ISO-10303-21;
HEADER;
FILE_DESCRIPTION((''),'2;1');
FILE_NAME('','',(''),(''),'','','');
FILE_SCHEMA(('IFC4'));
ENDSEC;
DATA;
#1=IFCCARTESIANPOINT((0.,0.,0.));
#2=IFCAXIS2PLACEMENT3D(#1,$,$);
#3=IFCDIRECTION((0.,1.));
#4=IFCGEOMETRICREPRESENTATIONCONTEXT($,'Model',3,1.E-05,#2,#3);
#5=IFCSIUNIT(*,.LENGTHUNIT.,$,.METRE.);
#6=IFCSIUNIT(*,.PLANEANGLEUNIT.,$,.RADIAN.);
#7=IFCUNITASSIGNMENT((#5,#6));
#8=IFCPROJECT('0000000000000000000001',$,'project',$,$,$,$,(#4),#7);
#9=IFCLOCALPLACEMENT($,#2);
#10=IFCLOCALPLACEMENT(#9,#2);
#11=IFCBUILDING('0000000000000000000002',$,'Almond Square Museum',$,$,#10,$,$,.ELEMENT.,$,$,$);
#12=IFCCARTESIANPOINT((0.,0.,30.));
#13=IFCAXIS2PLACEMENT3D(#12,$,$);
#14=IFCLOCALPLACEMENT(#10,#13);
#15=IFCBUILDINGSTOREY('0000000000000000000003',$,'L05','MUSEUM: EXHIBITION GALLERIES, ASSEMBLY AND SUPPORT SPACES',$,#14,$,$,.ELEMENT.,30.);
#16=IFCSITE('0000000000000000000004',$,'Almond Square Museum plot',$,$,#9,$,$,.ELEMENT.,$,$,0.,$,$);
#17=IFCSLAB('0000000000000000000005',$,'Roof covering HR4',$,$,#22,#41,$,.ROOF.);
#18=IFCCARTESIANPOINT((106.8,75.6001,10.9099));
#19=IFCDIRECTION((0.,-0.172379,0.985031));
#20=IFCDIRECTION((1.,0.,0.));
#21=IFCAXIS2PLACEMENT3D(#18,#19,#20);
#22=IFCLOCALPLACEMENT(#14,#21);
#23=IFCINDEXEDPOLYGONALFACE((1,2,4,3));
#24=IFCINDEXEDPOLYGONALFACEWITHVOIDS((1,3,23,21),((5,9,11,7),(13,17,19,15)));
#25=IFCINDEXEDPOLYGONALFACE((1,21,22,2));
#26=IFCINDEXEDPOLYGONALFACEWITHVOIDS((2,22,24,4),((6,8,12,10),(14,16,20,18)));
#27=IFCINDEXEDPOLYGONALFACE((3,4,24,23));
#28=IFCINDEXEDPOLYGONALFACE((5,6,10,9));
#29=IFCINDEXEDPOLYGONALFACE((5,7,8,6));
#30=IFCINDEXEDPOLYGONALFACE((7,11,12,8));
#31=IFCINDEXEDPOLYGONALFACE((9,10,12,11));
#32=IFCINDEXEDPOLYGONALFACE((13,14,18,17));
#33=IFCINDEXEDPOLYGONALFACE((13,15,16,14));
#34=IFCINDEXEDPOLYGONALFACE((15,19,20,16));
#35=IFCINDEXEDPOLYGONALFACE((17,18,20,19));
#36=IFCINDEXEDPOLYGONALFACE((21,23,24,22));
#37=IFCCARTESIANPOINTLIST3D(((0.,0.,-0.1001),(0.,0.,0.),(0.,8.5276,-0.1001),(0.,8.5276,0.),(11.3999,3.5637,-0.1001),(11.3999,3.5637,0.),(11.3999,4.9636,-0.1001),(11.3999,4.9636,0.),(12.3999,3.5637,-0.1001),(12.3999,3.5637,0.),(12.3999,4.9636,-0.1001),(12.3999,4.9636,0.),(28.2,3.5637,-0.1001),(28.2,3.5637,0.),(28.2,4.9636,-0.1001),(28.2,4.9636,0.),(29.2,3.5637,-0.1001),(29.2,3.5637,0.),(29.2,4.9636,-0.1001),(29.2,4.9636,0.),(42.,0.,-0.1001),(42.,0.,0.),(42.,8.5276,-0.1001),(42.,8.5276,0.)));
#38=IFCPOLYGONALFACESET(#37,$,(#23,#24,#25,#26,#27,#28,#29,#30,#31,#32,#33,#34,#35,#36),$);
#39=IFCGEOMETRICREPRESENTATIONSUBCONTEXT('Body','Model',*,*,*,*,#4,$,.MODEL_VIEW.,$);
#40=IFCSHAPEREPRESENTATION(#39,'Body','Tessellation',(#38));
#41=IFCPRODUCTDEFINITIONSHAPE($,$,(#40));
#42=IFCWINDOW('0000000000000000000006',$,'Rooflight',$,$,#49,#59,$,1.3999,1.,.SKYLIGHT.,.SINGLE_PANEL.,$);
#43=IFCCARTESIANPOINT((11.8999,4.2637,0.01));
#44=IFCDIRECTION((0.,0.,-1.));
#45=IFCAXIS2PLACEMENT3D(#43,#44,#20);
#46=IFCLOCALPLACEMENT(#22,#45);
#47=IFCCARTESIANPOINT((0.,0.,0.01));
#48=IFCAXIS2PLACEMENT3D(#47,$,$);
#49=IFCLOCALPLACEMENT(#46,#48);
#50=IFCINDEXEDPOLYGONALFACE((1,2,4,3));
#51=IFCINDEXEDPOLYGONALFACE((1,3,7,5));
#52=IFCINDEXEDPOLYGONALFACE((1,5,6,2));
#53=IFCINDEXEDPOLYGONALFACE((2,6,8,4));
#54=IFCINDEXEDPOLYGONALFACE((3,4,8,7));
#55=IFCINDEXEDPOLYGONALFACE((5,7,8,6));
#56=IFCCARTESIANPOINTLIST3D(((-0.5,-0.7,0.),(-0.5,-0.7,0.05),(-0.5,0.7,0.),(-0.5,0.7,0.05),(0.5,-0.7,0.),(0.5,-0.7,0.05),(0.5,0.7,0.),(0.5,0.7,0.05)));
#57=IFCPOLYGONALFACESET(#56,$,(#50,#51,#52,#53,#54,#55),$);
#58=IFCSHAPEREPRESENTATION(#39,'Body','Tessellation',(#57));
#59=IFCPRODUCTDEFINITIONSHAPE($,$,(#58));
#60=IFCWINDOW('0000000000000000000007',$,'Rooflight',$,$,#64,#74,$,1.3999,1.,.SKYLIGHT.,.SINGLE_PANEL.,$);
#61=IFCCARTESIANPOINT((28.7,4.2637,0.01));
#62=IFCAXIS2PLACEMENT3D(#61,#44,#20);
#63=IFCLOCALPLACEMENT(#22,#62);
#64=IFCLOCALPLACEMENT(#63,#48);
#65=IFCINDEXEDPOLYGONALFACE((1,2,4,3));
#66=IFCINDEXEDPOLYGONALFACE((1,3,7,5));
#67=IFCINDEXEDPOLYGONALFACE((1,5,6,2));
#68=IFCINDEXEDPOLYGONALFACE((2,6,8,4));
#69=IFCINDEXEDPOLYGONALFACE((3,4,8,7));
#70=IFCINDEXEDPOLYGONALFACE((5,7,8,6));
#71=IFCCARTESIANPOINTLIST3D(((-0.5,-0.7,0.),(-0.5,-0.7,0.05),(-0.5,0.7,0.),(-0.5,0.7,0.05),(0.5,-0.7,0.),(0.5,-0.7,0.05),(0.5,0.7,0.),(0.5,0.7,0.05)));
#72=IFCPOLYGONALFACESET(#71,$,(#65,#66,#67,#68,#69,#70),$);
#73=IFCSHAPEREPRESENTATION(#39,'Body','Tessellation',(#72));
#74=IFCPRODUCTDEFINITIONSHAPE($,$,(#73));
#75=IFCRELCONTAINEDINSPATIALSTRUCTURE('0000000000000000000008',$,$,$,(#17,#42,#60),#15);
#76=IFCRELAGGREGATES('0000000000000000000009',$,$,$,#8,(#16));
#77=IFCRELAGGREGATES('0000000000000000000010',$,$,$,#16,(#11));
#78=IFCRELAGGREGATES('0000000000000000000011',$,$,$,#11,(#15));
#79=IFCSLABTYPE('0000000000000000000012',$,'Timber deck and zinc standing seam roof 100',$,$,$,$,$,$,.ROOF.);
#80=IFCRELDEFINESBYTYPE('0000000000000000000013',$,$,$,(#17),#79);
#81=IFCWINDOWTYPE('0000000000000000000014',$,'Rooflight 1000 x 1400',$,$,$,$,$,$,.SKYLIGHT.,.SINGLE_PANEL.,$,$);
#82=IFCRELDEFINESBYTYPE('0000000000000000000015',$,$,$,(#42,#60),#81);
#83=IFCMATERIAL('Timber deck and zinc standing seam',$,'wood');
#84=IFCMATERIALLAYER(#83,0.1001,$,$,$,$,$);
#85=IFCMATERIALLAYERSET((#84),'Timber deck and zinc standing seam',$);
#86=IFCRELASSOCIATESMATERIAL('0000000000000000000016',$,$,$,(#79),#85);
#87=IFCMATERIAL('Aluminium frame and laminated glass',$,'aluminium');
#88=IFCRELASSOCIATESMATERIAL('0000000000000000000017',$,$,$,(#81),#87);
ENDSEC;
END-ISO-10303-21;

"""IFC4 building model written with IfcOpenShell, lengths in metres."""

from ifc_helpers import new_model, si_unit, direction, frame, origin, origin_2d, place, context, subcontext, project, spatial, polyline, rectangle, outline, extrude, material, layer, layer_set, type_object, element, fill, save


model = new_model("IFC4")

# Units and contexts
model_context = context("Model", 3, precision=1e-05, world=origin(), true_north=direction((0.0, 1.0)))
body_context = subcontext(model_context, "Body", "Model", "MODEL_VIEW")
ifc_project = project(units=[si_unit("LENGTHUNIT", "METRE"), si_unit("PLANEANGLEUNIT", "RADIAN")], contexts=[model_context])

# Site, building, storey
site_placement = place(None, origin())
site = spatial("IfcSite", under=ifc_project, at=site_placement, Name="Almond Square Museum plot", CompositionType="ELEMENT", RefElevation=0.0)
building_placement = place(site_placement, origin())
building = spatial("IfcBuilding", under=site, at=building_placement, Name="Almond Square Museum", CompositionType="ELEMENT")
storey_placement = place(building_placement, frame((0.0, 0.0, 30.0)))
storey = spatial("IfcBuildingStorey", under=building, at=storey_placement, Name="L05", Description="MUSEUM: EXHIBITION GALLERIES, ASSEMBLY AND SUPPORT SPACES", CompositionType="ELEMENT", Elevation=30.0)

# Slab, openings, windows
ifc_material_1 = material(Name="Timber deck and zinc standing seam", Category="wood")
ifc_layer_1 = layer(ifc_material_1, 0.1001)
ifc_layer_set_1 = layer_set([ifc_layer_1], Name="Timber deck and zinc standing seam")
slab_type = type_object("IfcSlabType", Name="Timber deck and zinc standing seam roof 100", PredefinedType="ROOF", material=ifc_layer_set_1)
slab_placement = place(storey_placement, frame((106.8, 75.6001, 10.9099), z_axis=(0.0, -0.172379, 0.985031), x_axis=(1.0, 0.0, 0.0)))
slab = element("IfcSlab", 1, at=slab_placement, inside=storey, type_object=slab_type, Name="Roof covering HR4", PredefinedType="ROOF", context=body_context, shape_type="SweptSolid", body=[
    extrude(outline(polyline([(0.0, 0.0), (42.0, 0.0), (42.0, 8.5276), (0.0, 8.5276), (0.0, 0.0)])), origin(), (0.0, 0.0, -1.0), 0.1001),
])
opening_1_placement = place(slab_placement, frame((11.8999, 4.2637, 0.01), z_axis=(0.0, 0.0, -1.0), x_axis=(1.0, 0.0, 0.0)))
opening_1 = element("IfcOpeningElement", 2, at=opening_1_placement, cuts=slab, PredefinedType="OPENING", context=body_context, shape_type="SweptSolid", body=[
    extrude(rectangle(XDim=1.0, YDim=1.3999, at=origin_2d()), origin(), (0.0, 0.0, 1.0), 0.1201),
])
opening_2_placement = place(slab_placement, frame((28.7, 4.2637, 0.01), z_axis=(0.0, 0.0, -1.0), x_axis=(1.0, 0.0, 0.0)))
opening_2 = element("IfcOpeningElement", 3, at=opening_2_placement, cuts=slab, PredefinedType="OPENING", context=body_context, shape_type="SweptSolid", body=[
    extrude(rectangle(XDim=1.0, YDim=1.3999, at=origin_2d()), origin(), (0.0, 0.0, 1.0), 0.1201),
])
ifc_material_2 = material(Name="Aluminium frame and laminated glass", Category="aluminium")
window_type = type_object("IfcWindowType", Name="Rooflight 1000 x 1400", PartitioningType="SINGLE_PANEL", PredefinedType="SKYLIGHT", material=ifc_material_2)
window_1_placement = place(opening_1_placement, frame((0.0, 0.0, 0.01)))
window_1 = element("IfcWindow", 4, at=window_1_placement, inside=storey, type_object=window_type, Name="Rooflight", OverallHeight=1.3999, OverallWidth=1.0, PartitioningType="SINGLE_PANEL", PredefinedType="SKYLIGHT", context=body_context, shape_type="SweptSolid", body=[
    extrude(rectangle(XDim=1.0, YDim=1.3999, at=origin_2d()), origin(), (0.0, 0.0, 1.0), 0.05),
])
fill(opening_1, window_1)
window_2_placement = place(opening_2_placement, frame((0.0, 0.0, 0.01)))
window_2 = element("IfcWindow", 5, at=window_2_placement, inside=storey, type_object=window_type, Name="Rooflight", OverallHeight=1.3999, OverallWidth=1.0, PartitioningType="SINGLE_PANEL", PredefinedType="SKYLIGHT", context=body_context, shape_type="SweptSolid", body=[
    extrude(rectangle(XDim=1.0, YDim=1.3999, at=origin_2d()), origin(), (0.0, 0.0, 1.0), 0.05),
])
fill(opening_2, window_2)

save(model, "model.ifc")
